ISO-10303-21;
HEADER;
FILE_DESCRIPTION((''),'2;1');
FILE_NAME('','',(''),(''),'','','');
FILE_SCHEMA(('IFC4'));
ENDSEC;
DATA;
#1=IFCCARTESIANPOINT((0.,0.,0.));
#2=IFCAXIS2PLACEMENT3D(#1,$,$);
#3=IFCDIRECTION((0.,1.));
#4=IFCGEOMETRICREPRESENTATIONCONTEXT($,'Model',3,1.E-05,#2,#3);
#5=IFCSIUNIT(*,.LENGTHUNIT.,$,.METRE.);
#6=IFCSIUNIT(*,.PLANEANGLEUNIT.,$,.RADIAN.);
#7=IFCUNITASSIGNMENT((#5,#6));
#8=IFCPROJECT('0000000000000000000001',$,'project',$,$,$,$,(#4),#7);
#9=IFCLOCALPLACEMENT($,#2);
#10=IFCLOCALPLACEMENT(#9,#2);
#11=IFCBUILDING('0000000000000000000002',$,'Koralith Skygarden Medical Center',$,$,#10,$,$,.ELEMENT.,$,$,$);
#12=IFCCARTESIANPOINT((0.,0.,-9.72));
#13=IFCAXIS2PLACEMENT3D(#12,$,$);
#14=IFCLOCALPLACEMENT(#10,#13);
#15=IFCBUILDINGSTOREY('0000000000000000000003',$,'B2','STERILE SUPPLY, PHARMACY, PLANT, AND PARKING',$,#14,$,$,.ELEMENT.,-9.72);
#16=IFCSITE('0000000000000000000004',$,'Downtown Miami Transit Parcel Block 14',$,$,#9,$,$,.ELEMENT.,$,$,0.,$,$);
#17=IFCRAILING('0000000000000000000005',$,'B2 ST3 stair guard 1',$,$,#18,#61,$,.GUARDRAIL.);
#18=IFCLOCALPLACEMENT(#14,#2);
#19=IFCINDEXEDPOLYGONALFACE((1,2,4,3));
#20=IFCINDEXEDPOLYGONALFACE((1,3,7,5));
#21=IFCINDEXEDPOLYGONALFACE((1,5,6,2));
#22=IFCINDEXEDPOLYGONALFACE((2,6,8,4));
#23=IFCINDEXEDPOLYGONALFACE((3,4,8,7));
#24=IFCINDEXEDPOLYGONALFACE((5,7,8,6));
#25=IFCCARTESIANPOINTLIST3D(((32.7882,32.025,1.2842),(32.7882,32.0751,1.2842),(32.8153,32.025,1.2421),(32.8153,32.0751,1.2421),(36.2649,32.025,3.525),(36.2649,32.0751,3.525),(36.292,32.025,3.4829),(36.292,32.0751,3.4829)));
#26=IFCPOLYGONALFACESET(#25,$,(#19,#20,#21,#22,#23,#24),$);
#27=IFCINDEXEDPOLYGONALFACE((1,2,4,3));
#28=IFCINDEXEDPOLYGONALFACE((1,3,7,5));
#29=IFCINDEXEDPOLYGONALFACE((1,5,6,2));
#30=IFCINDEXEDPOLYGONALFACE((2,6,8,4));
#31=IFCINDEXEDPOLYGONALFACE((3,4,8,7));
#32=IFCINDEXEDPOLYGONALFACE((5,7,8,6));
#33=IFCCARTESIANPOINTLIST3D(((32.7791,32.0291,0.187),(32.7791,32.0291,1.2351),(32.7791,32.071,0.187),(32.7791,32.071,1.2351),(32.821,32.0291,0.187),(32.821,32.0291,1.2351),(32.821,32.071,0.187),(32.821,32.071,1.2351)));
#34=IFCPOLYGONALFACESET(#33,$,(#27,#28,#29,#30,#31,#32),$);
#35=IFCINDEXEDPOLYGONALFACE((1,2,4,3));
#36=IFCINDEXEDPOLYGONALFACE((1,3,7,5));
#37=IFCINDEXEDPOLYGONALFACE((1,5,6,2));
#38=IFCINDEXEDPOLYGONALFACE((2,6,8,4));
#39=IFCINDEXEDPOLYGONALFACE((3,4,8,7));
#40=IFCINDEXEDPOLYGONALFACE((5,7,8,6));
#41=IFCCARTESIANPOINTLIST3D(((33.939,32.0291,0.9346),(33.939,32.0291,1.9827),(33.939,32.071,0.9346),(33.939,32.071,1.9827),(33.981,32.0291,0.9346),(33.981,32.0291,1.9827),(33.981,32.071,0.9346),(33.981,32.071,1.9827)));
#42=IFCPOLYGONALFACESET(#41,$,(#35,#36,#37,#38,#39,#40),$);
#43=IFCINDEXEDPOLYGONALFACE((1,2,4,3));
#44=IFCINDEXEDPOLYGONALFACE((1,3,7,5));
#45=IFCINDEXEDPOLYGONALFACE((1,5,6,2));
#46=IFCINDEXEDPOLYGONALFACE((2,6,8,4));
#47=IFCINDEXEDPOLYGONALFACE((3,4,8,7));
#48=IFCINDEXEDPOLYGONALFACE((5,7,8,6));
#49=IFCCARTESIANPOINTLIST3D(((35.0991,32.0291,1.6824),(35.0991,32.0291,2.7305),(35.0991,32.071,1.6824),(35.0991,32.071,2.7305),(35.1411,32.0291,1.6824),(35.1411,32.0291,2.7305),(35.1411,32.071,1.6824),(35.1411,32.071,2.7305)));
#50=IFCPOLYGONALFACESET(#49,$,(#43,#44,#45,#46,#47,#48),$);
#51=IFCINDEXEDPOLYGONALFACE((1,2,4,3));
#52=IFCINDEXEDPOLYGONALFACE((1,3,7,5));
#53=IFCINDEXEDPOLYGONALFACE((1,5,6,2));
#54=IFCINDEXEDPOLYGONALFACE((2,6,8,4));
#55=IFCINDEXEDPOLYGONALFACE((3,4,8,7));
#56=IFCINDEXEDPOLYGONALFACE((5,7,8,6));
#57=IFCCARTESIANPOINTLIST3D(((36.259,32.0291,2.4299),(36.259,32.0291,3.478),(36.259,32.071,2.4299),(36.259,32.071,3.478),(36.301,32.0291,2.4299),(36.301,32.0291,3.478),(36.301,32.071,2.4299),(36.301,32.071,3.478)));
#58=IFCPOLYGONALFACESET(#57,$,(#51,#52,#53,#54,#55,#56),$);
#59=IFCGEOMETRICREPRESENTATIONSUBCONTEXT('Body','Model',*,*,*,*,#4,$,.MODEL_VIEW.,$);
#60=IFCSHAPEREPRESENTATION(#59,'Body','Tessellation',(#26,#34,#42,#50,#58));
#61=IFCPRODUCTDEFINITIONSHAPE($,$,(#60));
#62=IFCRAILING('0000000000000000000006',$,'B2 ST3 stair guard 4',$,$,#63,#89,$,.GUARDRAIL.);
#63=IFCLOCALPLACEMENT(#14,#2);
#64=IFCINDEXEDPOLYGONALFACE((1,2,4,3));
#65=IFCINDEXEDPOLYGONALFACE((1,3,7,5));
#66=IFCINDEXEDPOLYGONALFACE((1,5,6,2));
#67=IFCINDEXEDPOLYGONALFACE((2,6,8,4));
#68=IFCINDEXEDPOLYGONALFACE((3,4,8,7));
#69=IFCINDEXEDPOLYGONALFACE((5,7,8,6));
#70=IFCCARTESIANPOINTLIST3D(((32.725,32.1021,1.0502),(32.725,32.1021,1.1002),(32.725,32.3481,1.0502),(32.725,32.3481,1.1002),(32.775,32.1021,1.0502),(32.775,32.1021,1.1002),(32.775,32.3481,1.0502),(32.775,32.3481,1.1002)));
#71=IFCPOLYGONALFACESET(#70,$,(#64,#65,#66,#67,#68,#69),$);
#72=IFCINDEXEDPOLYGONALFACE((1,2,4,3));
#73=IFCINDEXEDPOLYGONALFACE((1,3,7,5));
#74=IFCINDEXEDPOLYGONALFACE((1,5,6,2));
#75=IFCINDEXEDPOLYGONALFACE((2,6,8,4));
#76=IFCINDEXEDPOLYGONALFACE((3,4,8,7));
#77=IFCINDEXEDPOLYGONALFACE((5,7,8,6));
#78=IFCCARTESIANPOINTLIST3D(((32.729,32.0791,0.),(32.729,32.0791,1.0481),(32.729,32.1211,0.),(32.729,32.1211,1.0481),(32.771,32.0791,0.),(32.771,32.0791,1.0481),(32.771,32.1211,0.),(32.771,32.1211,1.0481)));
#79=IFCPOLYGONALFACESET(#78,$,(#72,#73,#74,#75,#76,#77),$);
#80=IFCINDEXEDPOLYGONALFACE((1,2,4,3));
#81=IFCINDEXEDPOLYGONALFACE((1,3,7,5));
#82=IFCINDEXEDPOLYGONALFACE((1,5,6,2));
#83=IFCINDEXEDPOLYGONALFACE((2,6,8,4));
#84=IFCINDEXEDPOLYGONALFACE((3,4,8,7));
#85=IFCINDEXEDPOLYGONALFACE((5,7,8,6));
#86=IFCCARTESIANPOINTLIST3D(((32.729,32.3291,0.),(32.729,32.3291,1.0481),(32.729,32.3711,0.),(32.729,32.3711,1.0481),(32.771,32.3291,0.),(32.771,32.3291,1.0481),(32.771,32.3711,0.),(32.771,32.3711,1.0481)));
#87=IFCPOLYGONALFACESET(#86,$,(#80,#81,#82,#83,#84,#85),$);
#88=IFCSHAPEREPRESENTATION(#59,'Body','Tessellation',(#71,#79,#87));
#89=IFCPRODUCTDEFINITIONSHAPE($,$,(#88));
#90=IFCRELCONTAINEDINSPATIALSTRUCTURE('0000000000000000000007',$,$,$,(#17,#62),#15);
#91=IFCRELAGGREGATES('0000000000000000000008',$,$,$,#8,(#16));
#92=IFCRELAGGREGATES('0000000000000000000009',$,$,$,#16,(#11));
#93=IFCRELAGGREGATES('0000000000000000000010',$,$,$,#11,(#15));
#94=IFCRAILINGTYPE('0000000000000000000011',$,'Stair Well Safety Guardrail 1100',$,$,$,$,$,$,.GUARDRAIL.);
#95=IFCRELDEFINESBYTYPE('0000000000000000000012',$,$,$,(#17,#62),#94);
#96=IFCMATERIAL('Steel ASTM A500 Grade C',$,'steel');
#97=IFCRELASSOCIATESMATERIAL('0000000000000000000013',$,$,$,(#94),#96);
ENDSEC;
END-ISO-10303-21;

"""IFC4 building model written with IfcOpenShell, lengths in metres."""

from ifc_helpers import new_model, si_unit, direction, frame, origin, origin_2d, place, context, subcontext, project, spatial, rectangle, extrude, material, type_object, element, save


model = new_model("IFC4")

# Units and contexts
model_context = context("Model", 3, precision=1e-05, world=origin(), true_north=direction((0.0, 1.0)))
body_context = subcontext(model_context, "Body", "Model", "MODEL_VIEW")
ifc_project = project(units=[si_unit("LENGTHUNIT", "METRE"), si_unit("PLANEANGLEUNIT", "RADIAN")], contexts=[model_context])

# Site, building, storey
site_placement = place(None, origin())
site = spatial("IfcSite", under=ifc_project, at=site_placement, Name="Downtown Miami Transit Parcel Block 14", CompositionType="ELEMENT", RefElevation=0.0)
building_placement = place(site_placement, origin())
building = spatial("IfcBuilding", under=site, at=building_placement, Name="Koralith Skygarden Medical Center", CompositionType="ELEMENT")
storey_placement = place(building_placement, frame((0.0, 0.0, -9.72)))
storey = spatial("IfcBuildingStorey", under=building, at=storey_placement, Name="B2", Description="STERILE SUPPLY, PHARMACY, PLANT, AND PARKING", CompositionType="ELEMENT", Elevation=-9.72)

# Railings
ifc_material_1 = material(Name="Steel ASTM A500 Grade C", Category="steel")
railing_type = type_object("IfcRailingType", Name="Stair Well Safety Guardrail 1100", PredefinedType="GUARDRAIL", material=ifc_material_1)
railing_1_placement = place(storey_placement, frame((32.8, 32.05, 0.187)))
element("IfcRailing", 1, at=railing_1_placement, inside=storey, type_object=railing_type, Name="B2 ST3 stair guard 1", PredefinedType="GUARDRAIL", context=body_context, shape_type="SweptSolid", body=[
    extrude(rectangle(XDim=0.05, YDim=0.05, at=origin_2d()), frame((0.0017, 0.0, 1.0762), z_axis=(0.840542, 0.0, 0.541747), x_axis=(0.0, 1.0, 0.0)), (0.0, 0.0, 1.0), 4.1362),
    extrude(rectangle(XDim=0.042, YDim=0.042, at=origin_2d()), origin(), (0.0, 0.0, 1.0), 1.0481),
    extrude(rectangle(XDim=0.042, YDim=0.042, at=origin_2d()), frame((1.1599, 0.0, 0.7476)), (0.0, 0.0, 1.0), 1.0481),
    extrude(rectangle(XDim=0.042, YDim=0.042, at=origin_2d()), frame((2.3201, 0.0, 1.4954)), (0.0, 0.0, 1.0), 1.0481),
    extrude(rectangle(XDim=0.042, YDim=0.042, at=origin_2d()), frame((3.48, 0.0, 2.2429)), (0.0, 0.0, 1.0), 1.0481),
])
railing_2_placement = place(storey_placement, frame((32.75, 32.1001, 0.0)))
element("IfcRailing", 2, at=railing_2_placement, inside=storey, type_object=railing_type, Name="B2 ST3 stair guard 4", PredefinedType="GUARDRAIL", context=body_context, shape_type="SweptSolid", body=[
    extrude(rectangle(XDim=0.05, YDim=0.05, at=origin_2d()), frame((0.0, 0.002, 1.0752), z_axis=(0.0, 1.0, 0.0), x_axis=(-1.0, 0.0, 0.0)), (0.0, 0.0, 1.0), 0.2461),
    extrude(rectangle(XDim=0.042, YDim=0.042, at=origin_2d()), origin(), (0.0, 0.0, 1.0), 1.0481),
    extrude(rectangle(XDim=0.042, YDim=0.042, at=origin_2d()), frame((0.0, 0.25, 0.0)), (0.0, 0.0, 1.0), 1.0481),
])

save(model, "model.ifc")
